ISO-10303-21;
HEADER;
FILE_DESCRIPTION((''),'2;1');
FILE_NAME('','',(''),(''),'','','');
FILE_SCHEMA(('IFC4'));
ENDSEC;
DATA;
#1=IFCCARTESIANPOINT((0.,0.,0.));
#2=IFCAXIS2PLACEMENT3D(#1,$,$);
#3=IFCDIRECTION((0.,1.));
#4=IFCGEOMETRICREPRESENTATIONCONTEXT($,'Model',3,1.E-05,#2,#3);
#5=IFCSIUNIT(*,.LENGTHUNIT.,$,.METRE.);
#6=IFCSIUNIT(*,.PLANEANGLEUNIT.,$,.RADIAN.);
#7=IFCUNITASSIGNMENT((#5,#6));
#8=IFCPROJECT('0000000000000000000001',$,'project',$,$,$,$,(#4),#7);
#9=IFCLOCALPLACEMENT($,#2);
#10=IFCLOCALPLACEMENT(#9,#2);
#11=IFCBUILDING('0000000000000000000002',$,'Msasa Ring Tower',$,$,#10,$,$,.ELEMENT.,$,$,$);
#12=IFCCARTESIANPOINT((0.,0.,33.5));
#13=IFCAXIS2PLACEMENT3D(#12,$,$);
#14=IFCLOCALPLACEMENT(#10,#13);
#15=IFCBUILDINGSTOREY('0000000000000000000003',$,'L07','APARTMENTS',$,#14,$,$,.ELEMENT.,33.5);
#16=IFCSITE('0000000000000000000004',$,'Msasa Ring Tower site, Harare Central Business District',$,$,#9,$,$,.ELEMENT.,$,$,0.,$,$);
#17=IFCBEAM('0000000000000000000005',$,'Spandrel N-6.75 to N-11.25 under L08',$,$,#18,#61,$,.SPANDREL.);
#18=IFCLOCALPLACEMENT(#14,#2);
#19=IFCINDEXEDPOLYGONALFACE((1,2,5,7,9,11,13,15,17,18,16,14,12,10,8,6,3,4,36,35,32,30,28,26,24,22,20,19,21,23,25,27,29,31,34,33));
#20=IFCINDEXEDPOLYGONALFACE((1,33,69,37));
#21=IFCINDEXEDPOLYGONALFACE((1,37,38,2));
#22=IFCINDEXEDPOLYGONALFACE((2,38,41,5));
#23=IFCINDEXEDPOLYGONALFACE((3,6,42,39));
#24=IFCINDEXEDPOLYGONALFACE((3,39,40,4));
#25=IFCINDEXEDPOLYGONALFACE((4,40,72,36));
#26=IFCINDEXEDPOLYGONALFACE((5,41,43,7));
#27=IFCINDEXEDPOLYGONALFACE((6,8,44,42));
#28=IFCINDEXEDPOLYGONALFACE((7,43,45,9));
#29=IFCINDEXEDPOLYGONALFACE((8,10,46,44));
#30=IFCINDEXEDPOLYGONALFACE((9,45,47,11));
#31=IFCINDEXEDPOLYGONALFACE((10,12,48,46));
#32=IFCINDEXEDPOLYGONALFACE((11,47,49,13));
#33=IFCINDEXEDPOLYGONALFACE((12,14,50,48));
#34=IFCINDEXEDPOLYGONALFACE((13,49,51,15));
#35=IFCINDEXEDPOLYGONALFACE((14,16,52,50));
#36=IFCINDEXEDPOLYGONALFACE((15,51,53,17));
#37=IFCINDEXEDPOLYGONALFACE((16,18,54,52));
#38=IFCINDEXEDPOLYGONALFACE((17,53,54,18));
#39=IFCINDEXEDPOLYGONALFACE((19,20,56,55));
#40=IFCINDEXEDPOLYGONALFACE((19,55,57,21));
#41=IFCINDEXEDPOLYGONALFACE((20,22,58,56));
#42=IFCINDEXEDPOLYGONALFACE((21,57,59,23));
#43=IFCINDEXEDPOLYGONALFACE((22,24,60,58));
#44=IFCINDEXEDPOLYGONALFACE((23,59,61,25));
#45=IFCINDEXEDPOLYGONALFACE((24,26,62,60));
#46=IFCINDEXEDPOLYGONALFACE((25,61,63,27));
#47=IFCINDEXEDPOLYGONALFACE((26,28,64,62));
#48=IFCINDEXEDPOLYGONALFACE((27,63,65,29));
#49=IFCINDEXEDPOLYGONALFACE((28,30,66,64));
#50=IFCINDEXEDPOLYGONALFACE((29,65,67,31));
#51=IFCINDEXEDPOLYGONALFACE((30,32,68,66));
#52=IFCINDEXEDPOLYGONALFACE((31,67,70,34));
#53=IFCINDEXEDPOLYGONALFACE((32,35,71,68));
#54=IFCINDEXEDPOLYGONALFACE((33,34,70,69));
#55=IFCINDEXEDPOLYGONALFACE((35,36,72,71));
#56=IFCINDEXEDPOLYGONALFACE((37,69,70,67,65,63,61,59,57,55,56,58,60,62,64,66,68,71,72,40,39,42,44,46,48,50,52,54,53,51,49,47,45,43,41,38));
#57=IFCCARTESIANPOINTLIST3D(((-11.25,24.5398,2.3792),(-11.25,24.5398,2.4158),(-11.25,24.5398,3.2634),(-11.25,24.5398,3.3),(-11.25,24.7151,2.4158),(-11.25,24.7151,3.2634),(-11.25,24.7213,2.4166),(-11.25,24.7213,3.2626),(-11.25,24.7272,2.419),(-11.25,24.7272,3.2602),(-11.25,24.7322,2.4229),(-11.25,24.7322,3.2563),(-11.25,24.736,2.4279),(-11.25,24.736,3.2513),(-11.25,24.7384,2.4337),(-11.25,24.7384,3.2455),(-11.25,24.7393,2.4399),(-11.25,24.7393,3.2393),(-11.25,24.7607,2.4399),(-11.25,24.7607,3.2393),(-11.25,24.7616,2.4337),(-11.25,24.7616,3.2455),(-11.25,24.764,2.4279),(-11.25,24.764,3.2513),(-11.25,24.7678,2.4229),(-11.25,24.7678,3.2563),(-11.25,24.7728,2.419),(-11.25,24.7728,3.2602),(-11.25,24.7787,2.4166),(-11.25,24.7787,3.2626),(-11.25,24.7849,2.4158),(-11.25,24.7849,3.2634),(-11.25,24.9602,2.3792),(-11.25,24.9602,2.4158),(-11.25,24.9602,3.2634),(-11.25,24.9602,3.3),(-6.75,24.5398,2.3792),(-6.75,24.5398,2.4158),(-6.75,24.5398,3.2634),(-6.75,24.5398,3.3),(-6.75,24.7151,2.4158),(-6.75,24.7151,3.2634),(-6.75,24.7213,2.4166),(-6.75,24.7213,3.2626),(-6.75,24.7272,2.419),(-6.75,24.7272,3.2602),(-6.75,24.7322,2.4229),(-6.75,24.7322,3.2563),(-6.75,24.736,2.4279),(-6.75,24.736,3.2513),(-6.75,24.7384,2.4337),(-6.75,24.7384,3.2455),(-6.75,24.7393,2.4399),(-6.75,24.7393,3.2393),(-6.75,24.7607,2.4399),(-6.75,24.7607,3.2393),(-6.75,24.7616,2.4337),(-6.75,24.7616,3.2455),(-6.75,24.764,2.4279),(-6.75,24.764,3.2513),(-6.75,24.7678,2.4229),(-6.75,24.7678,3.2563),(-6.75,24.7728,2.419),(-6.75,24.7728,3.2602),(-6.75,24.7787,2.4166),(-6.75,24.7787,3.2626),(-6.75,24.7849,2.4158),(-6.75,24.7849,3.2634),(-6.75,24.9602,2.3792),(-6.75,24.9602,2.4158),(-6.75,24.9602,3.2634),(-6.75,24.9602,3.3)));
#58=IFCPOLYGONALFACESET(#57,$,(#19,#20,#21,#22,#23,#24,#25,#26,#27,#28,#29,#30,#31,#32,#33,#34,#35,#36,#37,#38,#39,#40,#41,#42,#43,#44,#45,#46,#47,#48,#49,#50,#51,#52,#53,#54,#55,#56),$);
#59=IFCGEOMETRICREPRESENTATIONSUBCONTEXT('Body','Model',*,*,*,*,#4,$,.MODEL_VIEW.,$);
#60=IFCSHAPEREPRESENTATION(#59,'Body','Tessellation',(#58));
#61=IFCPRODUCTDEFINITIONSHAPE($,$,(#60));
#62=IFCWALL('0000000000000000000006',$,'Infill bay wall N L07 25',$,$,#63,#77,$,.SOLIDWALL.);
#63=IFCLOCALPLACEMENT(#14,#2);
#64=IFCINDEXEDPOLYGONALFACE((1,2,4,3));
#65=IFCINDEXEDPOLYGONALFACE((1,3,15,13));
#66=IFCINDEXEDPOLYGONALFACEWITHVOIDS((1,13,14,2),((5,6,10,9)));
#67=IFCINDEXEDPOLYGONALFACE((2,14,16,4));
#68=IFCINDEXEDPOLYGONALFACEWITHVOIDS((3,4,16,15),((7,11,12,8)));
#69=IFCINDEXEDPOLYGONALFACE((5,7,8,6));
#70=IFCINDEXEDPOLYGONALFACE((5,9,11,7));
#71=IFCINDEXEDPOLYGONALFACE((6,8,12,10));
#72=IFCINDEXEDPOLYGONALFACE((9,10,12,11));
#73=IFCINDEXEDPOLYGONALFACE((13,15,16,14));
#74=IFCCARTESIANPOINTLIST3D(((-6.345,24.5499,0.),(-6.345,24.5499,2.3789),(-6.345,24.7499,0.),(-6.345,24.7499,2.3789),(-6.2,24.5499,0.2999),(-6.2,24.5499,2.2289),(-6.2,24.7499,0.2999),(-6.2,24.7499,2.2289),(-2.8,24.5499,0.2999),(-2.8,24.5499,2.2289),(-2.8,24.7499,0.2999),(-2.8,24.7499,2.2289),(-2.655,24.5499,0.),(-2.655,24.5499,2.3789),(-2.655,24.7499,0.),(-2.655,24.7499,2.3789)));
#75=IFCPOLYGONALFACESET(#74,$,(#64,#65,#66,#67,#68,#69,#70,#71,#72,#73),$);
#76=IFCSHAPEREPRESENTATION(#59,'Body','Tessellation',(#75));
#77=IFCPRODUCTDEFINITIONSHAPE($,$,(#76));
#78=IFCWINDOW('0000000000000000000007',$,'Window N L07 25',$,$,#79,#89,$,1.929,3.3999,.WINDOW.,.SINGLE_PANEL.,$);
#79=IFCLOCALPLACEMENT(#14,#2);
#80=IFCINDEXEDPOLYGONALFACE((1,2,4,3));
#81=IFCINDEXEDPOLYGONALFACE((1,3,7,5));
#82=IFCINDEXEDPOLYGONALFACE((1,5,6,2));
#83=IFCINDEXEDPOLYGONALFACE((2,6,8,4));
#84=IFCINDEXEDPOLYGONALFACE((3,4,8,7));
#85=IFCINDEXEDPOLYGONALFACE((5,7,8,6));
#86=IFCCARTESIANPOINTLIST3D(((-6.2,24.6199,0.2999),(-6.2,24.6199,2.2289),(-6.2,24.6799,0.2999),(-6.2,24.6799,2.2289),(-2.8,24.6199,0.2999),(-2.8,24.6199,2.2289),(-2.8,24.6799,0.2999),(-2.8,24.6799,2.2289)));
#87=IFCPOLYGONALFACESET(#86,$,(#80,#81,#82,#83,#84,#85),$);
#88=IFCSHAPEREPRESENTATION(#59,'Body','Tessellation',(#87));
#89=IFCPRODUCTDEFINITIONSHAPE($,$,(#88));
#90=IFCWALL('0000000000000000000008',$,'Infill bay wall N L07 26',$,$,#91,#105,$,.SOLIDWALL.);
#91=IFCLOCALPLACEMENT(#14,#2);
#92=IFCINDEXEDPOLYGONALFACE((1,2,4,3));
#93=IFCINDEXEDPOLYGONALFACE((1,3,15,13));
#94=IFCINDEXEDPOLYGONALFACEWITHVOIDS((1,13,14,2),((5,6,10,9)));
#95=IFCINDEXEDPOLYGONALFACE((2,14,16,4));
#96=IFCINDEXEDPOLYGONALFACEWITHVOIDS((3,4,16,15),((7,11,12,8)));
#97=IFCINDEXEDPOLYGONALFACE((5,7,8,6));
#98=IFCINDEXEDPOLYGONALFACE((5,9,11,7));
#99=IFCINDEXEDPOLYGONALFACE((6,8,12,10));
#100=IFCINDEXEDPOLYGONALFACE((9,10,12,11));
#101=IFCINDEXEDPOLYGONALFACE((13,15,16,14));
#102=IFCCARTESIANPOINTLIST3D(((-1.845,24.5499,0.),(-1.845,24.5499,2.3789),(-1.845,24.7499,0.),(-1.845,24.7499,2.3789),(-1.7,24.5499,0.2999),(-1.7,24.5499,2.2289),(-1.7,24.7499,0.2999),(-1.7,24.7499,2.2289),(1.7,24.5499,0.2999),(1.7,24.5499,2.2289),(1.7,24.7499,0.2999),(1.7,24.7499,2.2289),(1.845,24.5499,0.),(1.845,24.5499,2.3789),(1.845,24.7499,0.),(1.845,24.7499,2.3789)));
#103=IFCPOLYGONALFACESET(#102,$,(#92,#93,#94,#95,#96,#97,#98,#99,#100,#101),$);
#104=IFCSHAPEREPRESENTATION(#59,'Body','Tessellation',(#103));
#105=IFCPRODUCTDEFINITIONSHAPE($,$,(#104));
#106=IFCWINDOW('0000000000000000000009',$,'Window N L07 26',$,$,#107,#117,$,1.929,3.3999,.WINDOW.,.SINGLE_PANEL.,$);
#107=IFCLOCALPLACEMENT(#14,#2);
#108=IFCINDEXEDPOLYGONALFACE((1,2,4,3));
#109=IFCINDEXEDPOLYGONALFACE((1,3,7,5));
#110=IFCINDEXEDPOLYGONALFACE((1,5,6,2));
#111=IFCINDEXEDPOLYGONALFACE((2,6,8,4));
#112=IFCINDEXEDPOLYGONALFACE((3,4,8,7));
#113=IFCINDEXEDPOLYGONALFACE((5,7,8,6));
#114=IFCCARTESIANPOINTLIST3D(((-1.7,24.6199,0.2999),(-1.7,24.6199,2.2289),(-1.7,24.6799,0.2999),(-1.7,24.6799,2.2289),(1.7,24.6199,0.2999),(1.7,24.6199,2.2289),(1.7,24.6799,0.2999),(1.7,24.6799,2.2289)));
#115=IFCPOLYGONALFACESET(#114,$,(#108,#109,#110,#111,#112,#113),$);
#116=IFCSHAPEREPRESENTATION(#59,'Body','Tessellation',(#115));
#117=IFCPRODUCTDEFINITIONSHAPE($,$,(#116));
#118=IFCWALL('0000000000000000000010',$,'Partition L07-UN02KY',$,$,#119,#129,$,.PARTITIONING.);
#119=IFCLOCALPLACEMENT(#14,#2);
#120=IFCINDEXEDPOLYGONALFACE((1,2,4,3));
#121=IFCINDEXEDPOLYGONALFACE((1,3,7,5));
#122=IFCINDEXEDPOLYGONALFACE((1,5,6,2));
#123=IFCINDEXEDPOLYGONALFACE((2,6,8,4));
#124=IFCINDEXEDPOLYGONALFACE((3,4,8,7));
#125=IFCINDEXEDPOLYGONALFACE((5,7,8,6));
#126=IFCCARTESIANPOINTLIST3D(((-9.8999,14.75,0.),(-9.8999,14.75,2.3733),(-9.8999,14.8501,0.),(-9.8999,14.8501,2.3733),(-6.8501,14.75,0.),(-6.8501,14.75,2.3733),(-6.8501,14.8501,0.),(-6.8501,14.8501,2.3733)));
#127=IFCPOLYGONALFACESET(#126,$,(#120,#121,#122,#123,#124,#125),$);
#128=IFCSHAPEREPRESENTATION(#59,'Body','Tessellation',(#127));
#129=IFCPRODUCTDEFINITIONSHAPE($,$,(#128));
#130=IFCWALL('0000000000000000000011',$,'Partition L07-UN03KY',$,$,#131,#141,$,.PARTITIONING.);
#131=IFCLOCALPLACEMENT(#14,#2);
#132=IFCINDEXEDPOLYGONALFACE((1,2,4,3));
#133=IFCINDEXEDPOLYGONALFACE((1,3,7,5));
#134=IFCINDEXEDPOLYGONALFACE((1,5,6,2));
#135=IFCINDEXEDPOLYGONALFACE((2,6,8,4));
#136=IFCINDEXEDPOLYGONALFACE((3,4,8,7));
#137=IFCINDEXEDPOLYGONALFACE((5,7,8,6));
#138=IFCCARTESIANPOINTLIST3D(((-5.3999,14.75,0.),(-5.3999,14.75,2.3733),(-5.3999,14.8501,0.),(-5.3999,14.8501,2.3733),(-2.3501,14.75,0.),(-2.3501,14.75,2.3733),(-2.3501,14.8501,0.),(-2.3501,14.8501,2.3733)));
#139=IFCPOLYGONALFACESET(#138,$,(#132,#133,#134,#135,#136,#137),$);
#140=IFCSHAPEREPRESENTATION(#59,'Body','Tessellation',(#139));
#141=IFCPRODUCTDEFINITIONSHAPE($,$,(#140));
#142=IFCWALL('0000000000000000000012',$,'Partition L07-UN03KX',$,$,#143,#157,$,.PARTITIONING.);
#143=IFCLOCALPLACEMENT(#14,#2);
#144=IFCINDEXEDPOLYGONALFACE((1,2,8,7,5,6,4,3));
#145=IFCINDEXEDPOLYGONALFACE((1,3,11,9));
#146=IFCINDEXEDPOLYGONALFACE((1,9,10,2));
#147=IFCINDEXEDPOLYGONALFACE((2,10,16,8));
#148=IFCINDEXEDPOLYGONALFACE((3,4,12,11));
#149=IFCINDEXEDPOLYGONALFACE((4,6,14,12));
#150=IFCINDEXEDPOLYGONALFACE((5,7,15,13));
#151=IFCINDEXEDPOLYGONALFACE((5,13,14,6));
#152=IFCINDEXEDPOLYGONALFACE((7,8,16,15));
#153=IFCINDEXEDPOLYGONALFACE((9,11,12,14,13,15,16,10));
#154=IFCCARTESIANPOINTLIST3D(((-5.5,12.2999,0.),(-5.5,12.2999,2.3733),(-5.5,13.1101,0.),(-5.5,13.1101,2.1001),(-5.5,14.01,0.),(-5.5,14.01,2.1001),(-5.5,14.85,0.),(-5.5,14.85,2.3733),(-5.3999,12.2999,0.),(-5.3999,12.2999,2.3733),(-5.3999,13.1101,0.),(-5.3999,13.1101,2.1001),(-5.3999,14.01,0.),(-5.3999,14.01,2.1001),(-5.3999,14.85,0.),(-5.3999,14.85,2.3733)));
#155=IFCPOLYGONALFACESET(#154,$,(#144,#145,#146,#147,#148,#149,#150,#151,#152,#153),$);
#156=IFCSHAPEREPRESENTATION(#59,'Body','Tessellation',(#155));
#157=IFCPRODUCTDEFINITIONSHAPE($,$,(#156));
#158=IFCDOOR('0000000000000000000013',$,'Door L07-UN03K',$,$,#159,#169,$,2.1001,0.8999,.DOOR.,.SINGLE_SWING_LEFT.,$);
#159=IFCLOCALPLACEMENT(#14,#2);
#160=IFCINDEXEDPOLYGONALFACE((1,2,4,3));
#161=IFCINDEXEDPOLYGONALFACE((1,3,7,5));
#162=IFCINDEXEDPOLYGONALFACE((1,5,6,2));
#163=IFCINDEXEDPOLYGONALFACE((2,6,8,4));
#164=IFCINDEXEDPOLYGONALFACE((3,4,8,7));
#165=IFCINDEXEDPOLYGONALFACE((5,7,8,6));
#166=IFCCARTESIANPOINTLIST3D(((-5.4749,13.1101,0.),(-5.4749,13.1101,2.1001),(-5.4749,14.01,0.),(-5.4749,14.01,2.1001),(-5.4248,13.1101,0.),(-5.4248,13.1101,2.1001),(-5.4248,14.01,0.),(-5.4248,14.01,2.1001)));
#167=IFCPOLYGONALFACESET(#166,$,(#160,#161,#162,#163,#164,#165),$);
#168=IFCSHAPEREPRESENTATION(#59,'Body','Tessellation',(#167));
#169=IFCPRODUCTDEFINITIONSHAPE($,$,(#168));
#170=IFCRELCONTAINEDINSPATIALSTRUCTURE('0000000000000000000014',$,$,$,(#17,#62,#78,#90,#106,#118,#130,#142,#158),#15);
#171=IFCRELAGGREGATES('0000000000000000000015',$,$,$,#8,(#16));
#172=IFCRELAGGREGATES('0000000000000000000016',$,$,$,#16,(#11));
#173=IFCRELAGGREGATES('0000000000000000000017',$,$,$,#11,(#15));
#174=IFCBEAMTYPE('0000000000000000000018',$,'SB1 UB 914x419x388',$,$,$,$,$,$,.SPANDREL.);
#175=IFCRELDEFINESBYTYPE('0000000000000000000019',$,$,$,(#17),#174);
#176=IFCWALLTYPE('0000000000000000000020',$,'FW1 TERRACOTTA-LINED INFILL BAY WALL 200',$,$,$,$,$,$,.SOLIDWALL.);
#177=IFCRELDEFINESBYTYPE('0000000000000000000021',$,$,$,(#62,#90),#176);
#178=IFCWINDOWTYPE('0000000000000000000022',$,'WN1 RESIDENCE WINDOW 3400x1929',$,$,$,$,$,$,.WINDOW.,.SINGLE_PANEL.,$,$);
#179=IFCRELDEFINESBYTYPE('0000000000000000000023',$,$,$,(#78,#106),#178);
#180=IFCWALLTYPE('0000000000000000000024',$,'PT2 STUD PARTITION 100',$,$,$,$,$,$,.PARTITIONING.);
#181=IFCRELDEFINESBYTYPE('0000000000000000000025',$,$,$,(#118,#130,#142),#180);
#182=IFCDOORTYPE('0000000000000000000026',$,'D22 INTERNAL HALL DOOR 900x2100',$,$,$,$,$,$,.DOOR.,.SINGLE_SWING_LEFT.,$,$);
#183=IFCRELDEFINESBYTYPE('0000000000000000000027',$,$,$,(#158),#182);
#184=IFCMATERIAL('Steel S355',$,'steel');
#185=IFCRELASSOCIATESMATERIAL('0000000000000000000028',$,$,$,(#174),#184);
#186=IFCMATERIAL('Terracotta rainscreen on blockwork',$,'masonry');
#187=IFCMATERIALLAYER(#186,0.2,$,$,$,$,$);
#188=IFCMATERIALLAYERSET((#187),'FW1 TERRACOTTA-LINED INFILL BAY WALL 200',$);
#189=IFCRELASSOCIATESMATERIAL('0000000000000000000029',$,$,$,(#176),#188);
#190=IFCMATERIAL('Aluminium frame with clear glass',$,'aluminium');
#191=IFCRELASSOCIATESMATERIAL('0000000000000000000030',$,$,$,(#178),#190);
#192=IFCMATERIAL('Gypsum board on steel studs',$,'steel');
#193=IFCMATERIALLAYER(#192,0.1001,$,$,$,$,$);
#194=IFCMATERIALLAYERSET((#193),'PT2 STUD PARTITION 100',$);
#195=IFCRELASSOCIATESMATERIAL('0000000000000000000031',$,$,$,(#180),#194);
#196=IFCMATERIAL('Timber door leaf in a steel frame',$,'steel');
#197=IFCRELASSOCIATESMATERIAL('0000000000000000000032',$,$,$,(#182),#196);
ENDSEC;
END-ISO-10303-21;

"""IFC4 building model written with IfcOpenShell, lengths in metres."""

from ifc_helpers import new_model, si_unit, direction, frame, frame_2d, origin, origin_2d, place, context, subcontext, project, spatial, rectangle, i_section, extrude, material, layer, layer_set, material_profile, profile_set, type_object, element, fill, save


model = new_model("IFC4")

# Units and contexts
model_context = context("Model", 3, precision=1e-05, world=origin(), true_north=direction((0.0, 1.0)))
body_context = subcontext(model_context, "Body", "Model", "MODEL_VIEW")
ifc_project = project(units=[si_unit("LENGTHUNIT", "METRE"), si_unit("PLANEANGLEUNIT", "RADIAN")], contexts=[model_context])

# Site, building, storey
site_placement = place(None, origin())
site = spatial("IfcSite", under=ifc_project, at=site_placement, Name="Msasa Ring Tower site, Harare Central Business District", CompositionType="ELEMENT", RefElevation=0.0)
building_placement = place(site_placement, origin())
building = spatial("IfcBuilding", under=site, at=building_placement, Name="Msasa Ring Tower", CompositionType="ELEMENT")
storey_placement = place(building_placement, frame((0.0, 0.0, 33.5)))
storey = spatial("IfcBuildingStorey", under=building, at=storey_placement, Name="L07", Description="APARTMENTS", CompositionType="ELEMENT", Elevation=33.5)

# Beam
ifc_material_1 = material(Name="Steel S355", Category="steel")
ifc_material_profile_1 = material_profile(ifc_material_1, i_section(OverallWidth=0.4204, OverallDepth=0.9209, WebThickness=0.0215, FlangeThickness=0.0366, FilletRadius=0.0242, at=origin_2d()), Name="UB 914x419x388")
ifc_profile_set_1 = profile_set([ifc_material_profile_1], Name="Steel S355")
beam_type_1 = type_object("IfcBeamType", Name="SB1 UB 914x419x388", PredefinedType="SPANDREL", material=ifc_profile_set_1)
for number, where, z_axis, x_axis, name in (
    (1, (-6.75, 24.75, 2.8396), (-1.0, 0.0, 0.0), (0.0, -1.0, 0.0), "Spandrel N-6.75 to N-11.25 under L08"),
):
    element("IfcBeam", number, at=place(storey_placement, frame(where, z_axis=z_axis, x_axis=x_axis)), inside=storey, type_object=beam_type_1, Name=name, PredefinedType="SPANDREL", context=body_context, shape_type="SweptSolid", body=[
        extrude(i_section(OverallWidth=0.4204, OverallDepth=0.9209, WebThickness=0.0215, FlangeThickness=0.0366, FilletRadius=0.0242, at=origin_2d()), origin(), (0.0, 0.0, 1.0), 4.5),
    ])

# Walls, openings, windows
ifc_material_2 = material(Name="Terracotta rainscreen on blockwork", Category="masonry")
ifc_layer_1 = layer(ifc_material_2, 0.2)
ifc_layer_set_1 = layer_set([ifc_layer_1], Name="FW1 TERRACOTTA-LINED INFILL BAY WALL 200")
wall_type_1 = type_object("IfcWallType", Name="FW1 TERRACOTTA-LINED INFILL BAY WALL 200", PredefinedType="SOLIDWALL", material=ifc_layer_set_1)
wall_1_placement = place(storey_placement, frame((-6.345, 24.6499, 0.0), z_axis=(0.0, 0.0, 1.0), x_axis=(1.0, 0.0, 0.0)))
wall_1 = element("IfcWall", 2, at=wall_1_placement, inside=storey, type_object=wall_type_1, Name="Infill bay wall N L07 25", PredefinedType="SOLIDWALL", context=body_context, shape_type="SweptSolid", body=[
    extrude(rectangle(XDim=3.6899, YDim=0.2, at=frame_2d((1.845, 0.0))), origin(), (0.0, 0.0, 1.0), 2.3789),
])
opening_1_placement = place(wall_1_placement, frame((0.145, 0.0, 0.3)))
opening_1 = element("IfcOpeningElement", 3, at=opening_1_placement, cuts=wall_1, PredefinedType="OPENING", context=body_context, shape_type="SweptSolid", body=[
    extrude(rectangle(XDim=3.3999, YDim=1.929, at=frame_2d((1.7, 0.9644))), frame((0.0, 0.1099, 0.0), z_axis=(0.0, -1.0, 0.0), x_axis=(1.0, 0.0, 0.0)), (0.0, 0.0, 1.0), 0.22),
])
ifc_material_3 = material(Name="Aluminium frame with clear glass", Category="aluminium")
window_type = type_object("IfcWindowType", Name="WN1 RESIDENCE WINDOW 3400x1929", PartitioningType="SINGLE_PANEL", PredefinedType="WINDOW", material=ifc_material_3)
window_1_placement = place(opening_1_placement, origin())
window_1 = element("IfcWindow", 4, at=window_1_placement, inside=storey, type_object=window_type, Name="Window N L07 25", OverallHeight=1.929, OverallWidth=3.3999, PartitioningType="SINGLE_PANEL", PredefinedType="WINDOW", context=body_context, shape_type="SweptSolid", body=[
    extrude(rectangle(XDim=3.3999, YDim=1.929, at=frame_2d((1.7, 0.9644))), frame((0.0, 0.03, 0.0), z_axis=(0.0, -1.0, 0.0), x_axis=(1.0, 0.0, 0.0)), (0.0, 0.0, 1.0), 0.0601),
])
fill(opening_1, window_1)
wall_2_placement = place(storey_placement, frame((-1.845, 24.6499, 0.0), z_axis=(0.0, 0.0, 1.0), x_axis=(1.0, 0.0, 0.0)))
wall_2 = element("IfcWall", 5, at=wall_2_placement, inside=storey, type_object=wall_type_1, Name="Infill bay wall N L07 26", PredefinedType="SOLIDWALL", context=body_context, shape_type="SweptSolid", body=[
    extrude(rectangle(XDim=3.6899, YDim=0.2, at=frame_2d((1.845, 0.0))), origin(), (0.0, 0.0, 1.0), 2.3789),
])
opening_2_placement = place(wall_2_placement, frame((0.145, 0.0, 0.3)))
opening_2 = element("IfcOpeningElement", 6, at=opening_2_placement, cuts=wall_2, PredefinedType="OPENING", context=body_context, shape_type="SweptSolid", body=[
    extrude(rectangle(XDim=3.3999, YDim=1.929, at=frame_2d((1.7, 0.9644))), frame((0.0, 0.1099, 0.0), z_axis=(0.0, -1.0, 0.0), x_axis=(1.0, 0.0, 0.0)), (0.0, 0.0, 1.0), 0.22),
])
window_2_placement = place(opening_2_placement, origin())
window_2 = element("IfcWindow", 7, at=window_2_placement, inside=storey, type_object=window_type, Name="Window N L07 26", OverallHeight=1.929, OverallWidth=3.3999, PartitioningType="SINGLE_PANEL", PredefinedType="WINDOW", context=body_context, shape_type="SweptSolid", body=[
    extrude(rectangle(XDim=3.3999, YDim=1.929, at=frame_2d((1.7, 0.9644))), frame((0.0, 0.03, 0.0), z_axis=(0.0, -1.0, 0.0), x_axis=(1.0, 0.0, 0.0)), (0.0, 0.0, 1.0), 0.0601),
])
fill(opening_2, window_2)

# Walls
ifc_material_4 = material(Name="Gypsum board on steel studs", Category="steel")
ifc_layer_2 = layer(ifc_material_4, 0.1001)
ifc_layer_set_2 = layer_set([ifc_layer_2], Name="PT2 STUD PARTITION 100")
wall_type_2 = type_object("IfcWallType", Name="PT2 STUD PARTITION 100", PredefinedType="PARTITIONING", material=ifc_layer_set_2)
for number, where, z_axis, x_axis, name in (
    (8, (-9.8999, 14.8, 0.0), (0.0, 0.0, 1.0), (1.0, 0.0, 0.0), "Partition L07-UN02KY"),
    (9, (-5.3999, 14.8, 0.0), (0.0, 0.0, 1.0), (1.0, 0.0, 0.0), "Partition L07-UN03KY"),
):
    element("IfcWall", number, at=place(storey_placement, frame(where, z_axis=z_axis, x_axis=x_axis)), inside=storey, type_object=wall_type_2, Name=name, PredefinedType="PARTITIONING", context=body_context, shape_type="SweptSolid", body=[
        extrude(rectangle(XDim=3.0498, YDim=0.1001, at=frame_2d((1.5249, 0.0))), origin(), (0.0, 0.0, 1.0), 2.3733),
    ])

# Wall, opening, door
wall_3_placement = place(storey_placement, frame((-5.45, 12.3, 0.0), z_axis=(0.0, 0.0, 1.0), x_axis=(0.0, 1.0, 0.0)))
wall_3 = element("IfcWall", 10, at=wall_3_placement, inside=storey, type_object=wall_type_2, Name="Partition L07-UN03KX", PredefinedType="PARTITIONING", context=body_context, shape_type="SweptSolid", body=[
    extrude(rectangle(XDim=2.55, YDim=0.1001, at=frame_2d((1.2749, 0.0))), origin(), (0.0, 0.0, 1.0), 2.3733),
])
opening_3_placement = place(wall_3_placement, frame((0.8101, 0.0, 0.0)))
opening_3 = element("IfcOpeningElement", 11, at=opening_3_placement, cuts=wall_3, PredefinedType="OPENING", context=body_context, shape_type="SweptSolid", body=[
    extrude(rectangle(XDim=0.8999, YDim=2.1001, at=frame_2d((0.45, 1.05))), frame((0.0, 0.0601, 0.0), z_axis=(0.0, -1.0, 0.0), x_axis=(1.0, 0.0, 0.0)), (0.0, 0.0, 1.0), 0.1201),
])
ifc_material_5 = material(Name="Timber door leaf in a steel frame", Category="steel")
door_type = type_object("IfcDoorType", Name="D22 INTERNAL HALL DOOR 900x2100", OperationType="SINGLE_SWING_LEFT", PredefinedType="DOOR", material=ifc_material_5)
door_1_placement = place(opening_3_placement, origin())
door_1 = element("IfcDoor", 12, at=door_1_placement, inside=storey, type_object=door_type, Name="Door L07-UN03K", OperationType="SINGLE_SWING_LEFT", OverallHeight=2.1001, OverallWidth=0.8999, PredefinedType="DOOR", context=body_context, shape_type="SweptSolid", body=[
    extrude(rectangle(XDim=0.8999, YDim=2.1001, at=frame_2d((0.45, 1.05))), frame((0.0, 0.0249, 0.0), z_axis=(0.0, -1.0, 0.0), x_axis=(1.0, 0.0, 0.0)), (0.0, 0.0, 1.0), 0.05),
])
fill(opening_3, door_1)

save(model, "model.ifc")
